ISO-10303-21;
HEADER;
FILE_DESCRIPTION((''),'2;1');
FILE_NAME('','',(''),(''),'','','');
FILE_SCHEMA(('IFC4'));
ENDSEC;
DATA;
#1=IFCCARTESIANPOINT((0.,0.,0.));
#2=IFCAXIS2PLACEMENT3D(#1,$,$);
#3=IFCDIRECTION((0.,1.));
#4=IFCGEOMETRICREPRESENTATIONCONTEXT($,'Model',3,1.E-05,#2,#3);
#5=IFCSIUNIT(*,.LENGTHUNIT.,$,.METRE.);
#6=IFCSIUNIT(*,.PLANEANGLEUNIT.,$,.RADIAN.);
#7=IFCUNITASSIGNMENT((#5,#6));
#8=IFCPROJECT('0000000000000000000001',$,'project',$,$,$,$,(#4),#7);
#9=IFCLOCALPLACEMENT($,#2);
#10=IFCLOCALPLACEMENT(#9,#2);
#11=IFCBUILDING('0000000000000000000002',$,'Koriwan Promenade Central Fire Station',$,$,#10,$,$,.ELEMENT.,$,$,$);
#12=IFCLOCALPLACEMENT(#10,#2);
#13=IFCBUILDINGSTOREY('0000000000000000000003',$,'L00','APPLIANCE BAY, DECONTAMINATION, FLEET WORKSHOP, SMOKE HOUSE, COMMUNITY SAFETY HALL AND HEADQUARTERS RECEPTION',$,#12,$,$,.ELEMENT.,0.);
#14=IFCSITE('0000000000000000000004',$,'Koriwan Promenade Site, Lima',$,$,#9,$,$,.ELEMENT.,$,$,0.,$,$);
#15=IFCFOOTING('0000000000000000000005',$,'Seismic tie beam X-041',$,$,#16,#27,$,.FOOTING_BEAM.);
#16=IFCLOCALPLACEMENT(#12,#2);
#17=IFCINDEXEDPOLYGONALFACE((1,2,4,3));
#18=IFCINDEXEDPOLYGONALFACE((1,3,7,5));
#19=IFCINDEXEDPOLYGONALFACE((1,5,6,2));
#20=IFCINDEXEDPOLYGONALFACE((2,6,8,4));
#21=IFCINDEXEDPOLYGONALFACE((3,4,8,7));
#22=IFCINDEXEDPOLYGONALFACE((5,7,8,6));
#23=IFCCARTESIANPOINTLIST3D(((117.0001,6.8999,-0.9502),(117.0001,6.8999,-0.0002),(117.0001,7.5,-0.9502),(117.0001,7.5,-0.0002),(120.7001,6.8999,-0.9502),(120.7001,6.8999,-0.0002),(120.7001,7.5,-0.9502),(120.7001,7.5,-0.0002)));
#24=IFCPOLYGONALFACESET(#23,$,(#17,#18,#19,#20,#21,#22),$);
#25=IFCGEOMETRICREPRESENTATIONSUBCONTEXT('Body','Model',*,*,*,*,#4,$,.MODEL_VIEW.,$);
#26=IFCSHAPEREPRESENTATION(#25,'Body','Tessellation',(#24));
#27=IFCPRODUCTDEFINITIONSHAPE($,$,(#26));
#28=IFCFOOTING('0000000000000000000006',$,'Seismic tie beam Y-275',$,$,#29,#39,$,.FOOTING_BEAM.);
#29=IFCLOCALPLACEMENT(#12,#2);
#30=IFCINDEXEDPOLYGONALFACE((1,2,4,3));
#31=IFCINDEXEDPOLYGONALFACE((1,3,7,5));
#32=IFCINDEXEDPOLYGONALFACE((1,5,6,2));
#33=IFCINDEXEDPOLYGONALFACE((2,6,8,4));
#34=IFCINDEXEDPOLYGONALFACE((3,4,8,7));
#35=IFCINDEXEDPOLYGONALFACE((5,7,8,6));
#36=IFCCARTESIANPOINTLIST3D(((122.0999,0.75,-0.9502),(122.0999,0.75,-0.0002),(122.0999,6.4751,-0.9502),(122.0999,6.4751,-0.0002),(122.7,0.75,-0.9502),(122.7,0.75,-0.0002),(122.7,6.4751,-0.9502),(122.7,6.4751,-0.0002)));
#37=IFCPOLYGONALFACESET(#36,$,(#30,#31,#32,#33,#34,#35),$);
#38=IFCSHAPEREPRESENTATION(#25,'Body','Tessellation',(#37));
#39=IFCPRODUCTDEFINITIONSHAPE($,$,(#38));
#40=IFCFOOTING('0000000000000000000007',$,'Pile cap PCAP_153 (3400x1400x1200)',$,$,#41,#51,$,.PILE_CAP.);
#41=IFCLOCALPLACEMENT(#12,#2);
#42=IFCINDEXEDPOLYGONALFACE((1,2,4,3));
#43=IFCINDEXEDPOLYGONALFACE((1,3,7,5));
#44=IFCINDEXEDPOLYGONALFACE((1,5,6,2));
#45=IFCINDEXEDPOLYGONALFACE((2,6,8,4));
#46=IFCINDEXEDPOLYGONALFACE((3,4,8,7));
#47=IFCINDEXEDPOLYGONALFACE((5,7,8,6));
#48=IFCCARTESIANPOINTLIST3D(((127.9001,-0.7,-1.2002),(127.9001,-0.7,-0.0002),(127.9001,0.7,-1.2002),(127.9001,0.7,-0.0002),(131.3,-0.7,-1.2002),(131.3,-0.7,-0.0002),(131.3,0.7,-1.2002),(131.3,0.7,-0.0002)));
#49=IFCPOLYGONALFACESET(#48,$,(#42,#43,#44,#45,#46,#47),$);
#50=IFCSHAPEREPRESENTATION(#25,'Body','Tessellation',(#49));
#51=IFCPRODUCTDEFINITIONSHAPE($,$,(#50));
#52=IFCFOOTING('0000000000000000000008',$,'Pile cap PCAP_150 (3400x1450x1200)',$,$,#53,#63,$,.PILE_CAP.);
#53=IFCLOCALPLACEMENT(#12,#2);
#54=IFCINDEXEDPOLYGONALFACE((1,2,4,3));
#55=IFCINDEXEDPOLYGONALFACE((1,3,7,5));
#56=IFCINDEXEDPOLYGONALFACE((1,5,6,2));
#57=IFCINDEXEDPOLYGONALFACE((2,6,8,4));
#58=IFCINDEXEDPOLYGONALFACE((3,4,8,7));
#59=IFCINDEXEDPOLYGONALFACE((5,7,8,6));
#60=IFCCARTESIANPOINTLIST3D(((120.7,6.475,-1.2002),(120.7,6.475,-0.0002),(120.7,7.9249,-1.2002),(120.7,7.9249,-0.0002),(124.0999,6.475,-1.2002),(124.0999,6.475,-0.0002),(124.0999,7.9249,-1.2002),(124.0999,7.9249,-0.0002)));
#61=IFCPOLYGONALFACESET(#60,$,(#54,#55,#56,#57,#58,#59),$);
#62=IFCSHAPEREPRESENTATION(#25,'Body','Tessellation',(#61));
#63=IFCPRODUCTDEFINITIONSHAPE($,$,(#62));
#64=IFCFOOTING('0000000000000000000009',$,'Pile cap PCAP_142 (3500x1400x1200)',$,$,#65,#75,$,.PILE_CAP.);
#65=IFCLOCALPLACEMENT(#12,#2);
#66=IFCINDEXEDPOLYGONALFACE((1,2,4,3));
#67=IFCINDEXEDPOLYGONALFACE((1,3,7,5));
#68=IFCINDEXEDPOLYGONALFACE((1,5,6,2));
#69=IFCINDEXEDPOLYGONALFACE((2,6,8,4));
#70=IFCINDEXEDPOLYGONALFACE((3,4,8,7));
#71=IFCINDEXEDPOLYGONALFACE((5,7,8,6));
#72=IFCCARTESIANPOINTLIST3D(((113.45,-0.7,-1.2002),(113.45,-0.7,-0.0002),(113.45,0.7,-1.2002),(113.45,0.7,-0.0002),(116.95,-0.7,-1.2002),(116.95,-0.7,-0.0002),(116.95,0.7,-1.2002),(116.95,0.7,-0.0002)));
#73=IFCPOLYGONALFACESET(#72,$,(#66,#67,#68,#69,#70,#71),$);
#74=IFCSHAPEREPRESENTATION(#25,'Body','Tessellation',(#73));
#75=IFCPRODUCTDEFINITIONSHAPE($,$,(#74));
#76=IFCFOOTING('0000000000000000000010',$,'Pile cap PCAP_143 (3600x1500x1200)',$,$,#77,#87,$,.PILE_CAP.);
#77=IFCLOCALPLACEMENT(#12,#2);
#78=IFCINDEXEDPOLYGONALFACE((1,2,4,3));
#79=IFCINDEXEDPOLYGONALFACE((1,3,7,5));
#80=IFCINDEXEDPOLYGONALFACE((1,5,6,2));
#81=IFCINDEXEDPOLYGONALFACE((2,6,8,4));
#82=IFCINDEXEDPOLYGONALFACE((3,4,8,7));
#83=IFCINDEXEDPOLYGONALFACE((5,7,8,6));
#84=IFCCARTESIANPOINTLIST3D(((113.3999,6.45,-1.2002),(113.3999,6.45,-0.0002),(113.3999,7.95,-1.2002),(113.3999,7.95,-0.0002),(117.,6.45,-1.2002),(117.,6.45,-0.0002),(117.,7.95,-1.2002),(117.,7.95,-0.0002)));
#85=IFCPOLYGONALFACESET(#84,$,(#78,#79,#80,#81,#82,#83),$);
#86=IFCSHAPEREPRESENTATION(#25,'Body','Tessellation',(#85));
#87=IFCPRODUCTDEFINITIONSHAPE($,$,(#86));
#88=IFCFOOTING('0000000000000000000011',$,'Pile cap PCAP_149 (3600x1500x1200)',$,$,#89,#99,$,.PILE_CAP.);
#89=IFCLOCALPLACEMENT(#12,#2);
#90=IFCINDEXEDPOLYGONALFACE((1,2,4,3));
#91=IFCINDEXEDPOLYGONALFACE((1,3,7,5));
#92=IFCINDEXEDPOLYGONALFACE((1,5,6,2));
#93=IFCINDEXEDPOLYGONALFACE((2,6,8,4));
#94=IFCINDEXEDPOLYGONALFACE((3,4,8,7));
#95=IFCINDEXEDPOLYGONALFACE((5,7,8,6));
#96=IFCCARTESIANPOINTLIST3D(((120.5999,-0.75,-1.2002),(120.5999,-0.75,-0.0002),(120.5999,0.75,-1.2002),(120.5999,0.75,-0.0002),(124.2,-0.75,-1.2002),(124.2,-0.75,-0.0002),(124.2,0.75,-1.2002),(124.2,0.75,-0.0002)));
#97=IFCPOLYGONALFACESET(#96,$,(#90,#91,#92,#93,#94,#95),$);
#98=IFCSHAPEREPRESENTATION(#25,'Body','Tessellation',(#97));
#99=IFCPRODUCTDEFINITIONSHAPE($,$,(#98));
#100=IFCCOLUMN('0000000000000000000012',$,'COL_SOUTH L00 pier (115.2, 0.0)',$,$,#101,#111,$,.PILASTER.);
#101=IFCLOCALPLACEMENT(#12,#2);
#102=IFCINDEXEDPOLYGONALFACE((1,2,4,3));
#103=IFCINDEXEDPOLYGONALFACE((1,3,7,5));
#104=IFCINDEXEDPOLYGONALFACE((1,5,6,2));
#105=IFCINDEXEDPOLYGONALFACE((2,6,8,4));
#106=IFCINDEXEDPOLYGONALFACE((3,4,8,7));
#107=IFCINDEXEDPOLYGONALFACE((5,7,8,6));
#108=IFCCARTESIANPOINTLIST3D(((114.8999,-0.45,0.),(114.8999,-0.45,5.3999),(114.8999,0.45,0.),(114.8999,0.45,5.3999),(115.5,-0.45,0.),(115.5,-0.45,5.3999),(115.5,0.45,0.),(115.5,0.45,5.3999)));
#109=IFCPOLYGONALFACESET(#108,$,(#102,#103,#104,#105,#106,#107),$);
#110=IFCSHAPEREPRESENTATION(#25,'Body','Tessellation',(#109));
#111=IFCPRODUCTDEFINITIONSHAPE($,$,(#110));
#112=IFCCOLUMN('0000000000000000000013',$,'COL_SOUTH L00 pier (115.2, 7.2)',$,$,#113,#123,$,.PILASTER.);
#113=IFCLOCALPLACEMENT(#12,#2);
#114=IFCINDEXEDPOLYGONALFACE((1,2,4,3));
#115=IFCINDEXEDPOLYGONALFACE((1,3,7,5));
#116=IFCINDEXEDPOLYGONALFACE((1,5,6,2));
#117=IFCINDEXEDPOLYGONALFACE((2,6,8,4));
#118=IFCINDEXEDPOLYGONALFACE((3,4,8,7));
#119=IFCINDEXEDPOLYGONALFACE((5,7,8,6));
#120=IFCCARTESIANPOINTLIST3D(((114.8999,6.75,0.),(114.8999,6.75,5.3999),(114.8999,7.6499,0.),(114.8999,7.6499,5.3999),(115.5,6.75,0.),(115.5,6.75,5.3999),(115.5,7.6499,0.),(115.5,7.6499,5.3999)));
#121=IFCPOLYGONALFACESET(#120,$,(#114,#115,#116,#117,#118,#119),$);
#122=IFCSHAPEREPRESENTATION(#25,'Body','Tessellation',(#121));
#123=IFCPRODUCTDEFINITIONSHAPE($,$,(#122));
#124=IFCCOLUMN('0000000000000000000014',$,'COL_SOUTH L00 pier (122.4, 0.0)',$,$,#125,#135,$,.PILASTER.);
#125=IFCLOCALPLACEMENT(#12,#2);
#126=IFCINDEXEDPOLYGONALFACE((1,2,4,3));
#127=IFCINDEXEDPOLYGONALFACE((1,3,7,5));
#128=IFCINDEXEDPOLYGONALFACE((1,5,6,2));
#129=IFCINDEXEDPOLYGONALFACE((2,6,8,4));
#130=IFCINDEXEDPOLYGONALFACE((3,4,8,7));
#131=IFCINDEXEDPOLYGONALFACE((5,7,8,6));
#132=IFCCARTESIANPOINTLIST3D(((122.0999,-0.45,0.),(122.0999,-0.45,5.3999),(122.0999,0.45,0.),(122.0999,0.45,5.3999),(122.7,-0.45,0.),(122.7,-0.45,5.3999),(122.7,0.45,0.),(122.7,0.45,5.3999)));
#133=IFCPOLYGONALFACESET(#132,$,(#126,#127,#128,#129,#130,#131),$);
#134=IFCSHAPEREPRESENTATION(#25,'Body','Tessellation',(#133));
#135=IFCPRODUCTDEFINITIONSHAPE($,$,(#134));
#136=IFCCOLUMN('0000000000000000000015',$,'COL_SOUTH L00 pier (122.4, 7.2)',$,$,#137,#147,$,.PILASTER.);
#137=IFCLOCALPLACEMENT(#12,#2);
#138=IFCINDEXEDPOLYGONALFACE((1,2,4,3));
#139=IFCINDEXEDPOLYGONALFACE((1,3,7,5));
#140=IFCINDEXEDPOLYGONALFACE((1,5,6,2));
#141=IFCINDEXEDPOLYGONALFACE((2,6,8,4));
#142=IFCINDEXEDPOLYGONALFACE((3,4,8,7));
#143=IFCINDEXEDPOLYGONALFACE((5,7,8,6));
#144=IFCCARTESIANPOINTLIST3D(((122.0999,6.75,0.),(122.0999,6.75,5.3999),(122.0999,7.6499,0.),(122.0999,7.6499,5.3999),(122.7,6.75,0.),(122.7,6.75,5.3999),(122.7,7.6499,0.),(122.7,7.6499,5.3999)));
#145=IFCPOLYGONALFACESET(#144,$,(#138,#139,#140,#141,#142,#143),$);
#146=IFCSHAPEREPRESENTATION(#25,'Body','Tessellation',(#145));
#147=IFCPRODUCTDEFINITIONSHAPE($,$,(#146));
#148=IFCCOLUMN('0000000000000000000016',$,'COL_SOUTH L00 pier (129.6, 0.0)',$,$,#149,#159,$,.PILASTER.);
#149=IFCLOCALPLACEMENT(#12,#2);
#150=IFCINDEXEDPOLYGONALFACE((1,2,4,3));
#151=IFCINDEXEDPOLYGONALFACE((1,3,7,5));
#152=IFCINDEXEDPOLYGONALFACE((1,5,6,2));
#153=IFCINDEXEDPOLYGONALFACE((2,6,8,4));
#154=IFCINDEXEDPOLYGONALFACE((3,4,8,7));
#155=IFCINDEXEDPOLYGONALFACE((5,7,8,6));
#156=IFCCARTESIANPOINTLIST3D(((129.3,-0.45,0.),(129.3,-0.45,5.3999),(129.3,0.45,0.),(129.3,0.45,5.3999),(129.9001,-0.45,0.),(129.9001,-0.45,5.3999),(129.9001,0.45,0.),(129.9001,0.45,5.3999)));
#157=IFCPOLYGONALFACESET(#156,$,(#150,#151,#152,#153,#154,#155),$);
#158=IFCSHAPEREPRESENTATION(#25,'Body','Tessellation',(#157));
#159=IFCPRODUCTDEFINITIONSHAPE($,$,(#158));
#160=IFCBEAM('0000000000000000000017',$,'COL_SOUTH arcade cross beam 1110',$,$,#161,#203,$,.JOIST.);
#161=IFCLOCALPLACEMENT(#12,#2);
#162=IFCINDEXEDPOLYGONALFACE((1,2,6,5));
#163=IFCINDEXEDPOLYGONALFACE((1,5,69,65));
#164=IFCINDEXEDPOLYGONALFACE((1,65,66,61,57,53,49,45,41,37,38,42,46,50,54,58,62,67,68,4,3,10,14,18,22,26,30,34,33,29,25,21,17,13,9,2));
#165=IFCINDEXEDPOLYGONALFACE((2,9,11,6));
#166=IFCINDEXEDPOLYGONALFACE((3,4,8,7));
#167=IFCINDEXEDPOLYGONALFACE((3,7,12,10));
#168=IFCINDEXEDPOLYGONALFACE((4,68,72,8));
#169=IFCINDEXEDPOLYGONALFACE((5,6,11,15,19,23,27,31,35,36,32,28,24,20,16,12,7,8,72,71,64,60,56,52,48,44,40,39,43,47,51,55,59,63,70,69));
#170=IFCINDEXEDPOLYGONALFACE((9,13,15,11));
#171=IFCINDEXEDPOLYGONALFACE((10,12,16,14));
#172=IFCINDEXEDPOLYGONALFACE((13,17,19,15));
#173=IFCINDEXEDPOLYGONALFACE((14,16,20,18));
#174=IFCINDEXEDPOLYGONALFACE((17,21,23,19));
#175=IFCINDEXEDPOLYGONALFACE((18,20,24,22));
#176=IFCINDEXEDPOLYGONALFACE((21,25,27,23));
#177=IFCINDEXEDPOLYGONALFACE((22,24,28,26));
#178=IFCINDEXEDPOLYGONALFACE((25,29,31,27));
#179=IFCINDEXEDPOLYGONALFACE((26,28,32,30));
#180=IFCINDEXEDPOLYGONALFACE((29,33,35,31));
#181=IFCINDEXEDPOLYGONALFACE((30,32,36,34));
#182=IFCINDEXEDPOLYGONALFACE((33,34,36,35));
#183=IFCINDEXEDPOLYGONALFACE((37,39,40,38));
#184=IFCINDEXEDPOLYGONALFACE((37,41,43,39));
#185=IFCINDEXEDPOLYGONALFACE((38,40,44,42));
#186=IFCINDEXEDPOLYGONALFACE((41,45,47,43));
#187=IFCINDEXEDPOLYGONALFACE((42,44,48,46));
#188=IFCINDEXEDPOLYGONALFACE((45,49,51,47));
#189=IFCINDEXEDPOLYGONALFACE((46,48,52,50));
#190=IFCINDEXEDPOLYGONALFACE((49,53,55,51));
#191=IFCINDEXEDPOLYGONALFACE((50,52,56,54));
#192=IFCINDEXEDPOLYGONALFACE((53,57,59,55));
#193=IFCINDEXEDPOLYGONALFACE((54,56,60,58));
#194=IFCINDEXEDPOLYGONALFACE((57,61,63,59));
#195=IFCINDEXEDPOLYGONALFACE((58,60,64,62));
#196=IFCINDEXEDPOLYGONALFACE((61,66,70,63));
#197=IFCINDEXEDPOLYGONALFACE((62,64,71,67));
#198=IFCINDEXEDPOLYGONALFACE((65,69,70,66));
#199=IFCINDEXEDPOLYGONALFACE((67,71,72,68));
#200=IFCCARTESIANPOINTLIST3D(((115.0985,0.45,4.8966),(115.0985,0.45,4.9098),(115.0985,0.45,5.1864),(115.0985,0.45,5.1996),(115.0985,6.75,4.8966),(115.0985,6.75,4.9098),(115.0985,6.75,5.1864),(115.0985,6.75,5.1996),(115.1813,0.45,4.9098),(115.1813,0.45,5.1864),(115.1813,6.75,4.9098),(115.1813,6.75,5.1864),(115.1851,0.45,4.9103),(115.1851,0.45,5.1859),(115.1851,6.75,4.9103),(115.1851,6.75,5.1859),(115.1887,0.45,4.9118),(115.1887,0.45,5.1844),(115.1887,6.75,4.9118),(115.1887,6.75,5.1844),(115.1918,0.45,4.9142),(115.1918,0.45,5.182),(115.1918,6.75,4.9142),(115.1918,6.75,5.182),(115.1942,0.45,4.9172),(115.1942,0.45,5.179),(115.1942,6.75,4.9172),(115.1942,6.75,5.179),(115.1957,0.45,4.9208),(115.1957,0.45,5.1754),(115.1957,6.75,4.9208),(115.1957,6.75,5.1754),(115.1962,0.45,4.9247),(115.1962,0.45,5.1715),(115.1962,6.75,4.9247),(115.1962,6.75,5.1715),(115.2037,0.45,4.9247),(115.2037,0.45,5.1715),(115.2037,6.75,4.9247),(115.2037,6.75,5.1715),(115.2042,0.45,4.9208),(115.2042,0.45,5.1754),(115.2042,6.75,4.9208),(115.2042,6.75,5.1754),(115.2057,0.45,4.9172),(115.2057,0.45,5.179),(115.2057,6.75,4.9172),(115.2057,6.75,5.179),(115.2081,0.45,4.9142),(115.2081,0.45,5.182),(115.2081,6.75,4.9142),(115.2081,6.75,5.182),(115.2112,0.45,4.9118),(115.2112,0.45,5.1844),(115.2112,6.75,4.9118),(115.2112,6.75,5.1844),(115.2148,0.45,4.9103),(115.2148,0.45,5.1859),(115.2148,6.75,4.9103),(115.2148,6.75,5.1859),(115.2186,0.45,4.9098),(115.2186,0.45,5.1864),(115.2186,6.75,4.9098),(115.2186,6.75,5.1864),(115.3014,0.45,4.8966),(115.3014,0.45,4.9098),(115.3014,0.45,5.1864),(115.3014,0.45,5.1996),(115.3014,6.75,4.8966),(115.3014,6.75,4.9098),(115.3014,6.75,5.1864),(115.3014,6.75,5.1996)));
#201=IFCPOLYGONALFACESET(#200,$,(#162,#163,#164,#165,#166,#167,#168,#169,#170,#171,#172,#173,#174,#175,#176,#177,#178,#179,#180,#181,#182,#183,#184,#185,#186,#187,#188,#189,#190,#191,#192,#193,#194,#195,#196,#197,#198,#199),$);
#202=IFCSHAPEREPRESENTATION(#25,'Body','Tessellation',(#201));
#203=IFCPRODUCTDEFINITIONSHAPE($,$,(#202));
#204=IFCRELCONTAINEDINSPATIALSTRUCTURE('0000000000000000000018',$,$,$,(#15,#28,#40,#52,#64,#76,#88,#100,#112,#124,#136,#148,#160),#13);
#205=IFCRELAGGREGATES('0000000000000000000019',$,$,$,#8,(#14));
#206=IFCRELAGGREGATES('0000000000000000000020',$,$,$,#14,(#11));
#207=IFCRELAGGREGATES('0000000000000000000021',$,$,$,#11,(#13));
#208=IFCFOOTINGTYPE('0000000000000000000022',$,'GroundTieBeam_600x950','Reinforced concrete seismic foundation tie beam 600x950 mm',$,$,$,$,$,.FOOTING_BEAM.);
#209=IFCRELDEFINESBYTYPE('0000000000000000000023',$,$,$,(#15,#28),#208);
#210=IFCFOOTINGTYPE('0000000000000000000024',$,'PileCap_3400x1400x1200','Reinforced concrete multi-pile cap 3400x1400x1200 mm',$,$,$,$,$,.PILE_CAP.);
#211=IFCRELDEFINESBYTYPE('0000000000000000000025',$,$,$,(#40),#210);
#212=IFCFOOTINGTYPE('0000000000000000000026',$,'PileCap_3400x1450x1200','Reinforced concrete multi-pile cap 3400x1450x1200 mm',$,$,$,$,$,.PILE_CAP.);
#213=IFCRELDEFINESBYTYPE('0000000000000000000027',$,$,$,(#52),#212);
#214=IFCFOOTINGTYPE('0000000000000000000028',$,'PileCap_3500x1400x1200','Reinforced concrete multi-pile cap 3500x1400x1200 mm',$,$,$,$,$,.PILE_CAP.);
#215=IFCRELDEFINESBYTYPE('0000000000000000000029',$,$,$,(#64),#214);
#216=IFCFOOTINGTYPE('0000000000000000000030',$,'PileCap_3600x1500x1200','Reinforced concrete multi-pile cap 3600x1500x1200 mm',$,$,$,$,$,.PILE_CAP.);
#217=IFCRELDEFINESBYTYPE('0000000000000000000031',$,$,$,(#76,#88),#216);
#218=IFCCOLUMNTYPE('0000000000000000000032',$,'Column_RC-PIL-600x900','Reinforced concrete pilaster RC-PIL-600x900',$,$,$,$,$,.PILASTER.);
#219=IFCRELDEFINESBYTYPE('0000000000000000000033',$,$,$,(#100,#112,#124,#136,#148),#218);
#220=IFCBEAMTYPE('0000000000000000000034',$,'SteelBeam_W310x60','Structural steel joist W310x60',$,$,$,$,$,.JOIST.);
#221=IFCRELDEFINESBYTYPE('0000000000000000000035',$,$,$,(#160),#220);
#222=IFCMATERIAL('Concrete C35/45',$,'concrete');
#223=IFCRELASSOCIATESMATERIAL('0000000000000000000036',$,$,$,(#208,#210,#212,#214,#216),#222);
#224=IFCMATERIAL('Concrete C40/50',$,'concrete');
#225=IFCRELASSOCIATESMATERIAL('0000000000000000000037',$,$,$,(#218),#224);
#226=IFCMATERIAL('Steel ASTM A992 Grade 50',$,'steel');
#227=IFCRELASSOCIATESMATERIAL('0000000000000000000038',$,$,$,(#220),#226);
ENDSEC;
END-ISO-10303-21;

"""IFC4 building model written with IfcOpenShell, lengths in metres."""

from ifc_helpers import new_model, si_unit, direction, frame, origin, origin_2d, place, context, subcontext, project, spatial, rectangle, i_section, extrude, material, material_profile, profile_set, type_object, element, save


model = new_model("IFC4")

# Units and contexts
model_context = context("Model", 3, precision=1e-05, world=origin(), true_north=direction((0.0, 1.0)))
body_context = subcontext(model_context, "Body", "Model", "MODEL_VIEW")
ifc_project = project(units=[si_unit("LENGTHUNIT", "METRE"), si_unit("PLANEANGLEUNIT", "RADIAN")], contexts=[model_context])

# Site, building, storey
site_placement = place(None, origin())
site = spatial("IfcSite", under=ifc_project, at=site_placement, Name="Koriwan Promenade Site, Lima", CompositionType="ELEMENT", RefElevation=0.0)
building_placement = place(site_placement, origin())
building = spatial("IfcBuilding", under=site, at=building_placement, Name="Koriwan Promenade Central Fire Station", CompositionType="ELEMENT")
storey_placement = place(building_placement, origin())
storey = spatial("IfcBuildingStorey", under=building, at=storey_placement, Name="L00", Description="APPLIANCE BAY, DECONTAMINATION, FLEET WORKSHOP, SMOKE HOUSE, COMMUNITY SAFETY HALL AND HEADQUARTERS RECEPTION", CompositionType="ELEMENT", Elevation=0.0)

# Shared definitions
ifc_material_1 = material(Name="Concrete C35/45", Category="concrete")

# Footings
footing_type_1 = type_object("IfcFootingType", Name="GroundTieBeam_600x950", Description="Reinforced concrete seismic foundation tie beam 600x950 mm", PredefinedType="FOOTING_BEAM", material=ifc_material_1)
footing_1_placement = place(storey_placement, frame((118.8501, 7.2, -0.9502), z_axis=(0.0, 0.0, 1.0), x_axis=(1.0, 0.0, 0.0)))
element("IfcFooting", 1, at=footing_1_placement, inside=storey, type_object=footing_type_1, Name="Seismic tie beam X-041", PredefinedType="FOOTING_BEAM", context=body_context, shape_type="SweptSolid", body=[
    extrude(rectangle(XDim=3.7, YDim=0.6001, at=origin_2d()), origin(), (0.0, 0.0, 1.0), 0.95),
])
footing_2_placement = place(storey_placement, frame((122.3999, 3.6125, -0.9502), z_axis=(0.0, 0.0, 1.0), x_axis=(0.0, 1.0, 0.0)))
element("IfcFooting", 2, at=footing_2_placement, inside=storey, type_object=footing_type_1, Name="Seismic tie beam Y-275", PredefinedType="FOOTING_BEAM", context=body_context, shape_type="SweptSolid", body=[
    extrude(rectangle(XDim=5.7251, YDim=0.6001, at=origin_2d()), origin(), (0.0, 0.0, 1.0), 0.95),
])
footing_type_2 = type_object("IfcFootingType", Name="PileCap_3400x1400x1200", Description="Reinforced concrete multi-pile cap 3400x1400x1200 mm", PredefinedType="PILE_CAP", material=ifc_material_1)
footing_3_placement = place(storey_placement, frame((129.6001, 0.0, -1.2002), z_axis=(0.0, 0.0, 1.0), x_axis=(1.0, 0.0, 0.0)))
element("IfcFooting", 3, at=footing_3_placement, inside=storey, type_object=footing_type_2, Name="Pile cap PCAP_153 (3400x1400x1200)", PredefinedType="PILE_CAP", context=body_context, shape_type="SweptSolid", body=[
    extrude(rectangle(XDim=3.3999, YDim=1.3999, at=origin_2d()), origin(), (0.0, 0.0, 1.0), 1.2),
])
footing_type_3 = type_object("IfcFootingType", Name="PileCap_3400x1450x1200", Description="Reinforced concrete multi-pile cap 3400x1450x1200 mm", PredefinedType="PILE_CAP", material=ifc_material_1)
footing_4_placement = place(storey_placement, frame((122.3999, 7.2, -1.2002), z_axis=(0.0, 0.0, 1.0), x_axis=(1.0, 0.0, 0.0)))
element("IfcFooting", 4, at=footing_4_placement, inside=storey, type_object=footing_type_3, Name="Pile cap PCAP_150 (3400x1450x1200)", PredefinedType="PILE_CAP", context=body_context, shape_type="SweptSolid", body=[
    extrude(rectangle(XDim=3.3999, YDim=1.45, at=origin_2d()), origin(), (0.0, 0.0, 1.0), 1.2),
])
footing_type_4 = type_object("IfcFootingType", Name="PileCap_3500x1400x1200", Description="Reinforced concrete multi-pile cap 3500x1400x1200 mm", PredefinedType="PILE_CAP", material=ifc_material_1)
footing_5_placement = place(storey_placement, frame((115.2, 0.0, -1.2002), z_axis=(0.0, 0.0, 1.0), x_axis=(1.0, 0.0, 0.0)))
element("IfcFooting", 5, at=footing_5_placement, inside=storey, type_object=footing_type_4, Name="Pile cap PCAP_142 (3500x1400x1200)", PredefinedType="PILE_CAP", context=body_context, shape_type="SweptSolid", body=[
    extrude(rectangle(XDim=3.5, YDim=1.3999, at=origin_2d()), origin(), (0.0, 0.0, 1.0), 1.2),
])
footing_type_5 = type_object("IfcFootingType", Name="PileCap_3600x1500x1200", Description="Reinforced concrete multi-pile cap 3600x1500x1200 mm", PredefinedType="PILE_CAP", material=ifc_material_1)
for number, where, z_axis, x_axis, name in (
    (6, (115.2, 7.2, -1.2002), (0.0, 0.0, 1.0), (1.0, 0.0, 0.0), "Pile cap PCAP_143 (3600x1500x1200)"),
    (7, (122.3999, 0.0, -1.2002), (0.0, 0.0, 1.0), (1.0, 0.0, 0.0), "Pile cap PCAP_149 (3600x1500x1200)"),
):
    element("IfcFooting", number, at=place(storey_placement, frame(where, z_axis=z_axis, x_axis=x_axis)), inside=storey, type_object=footing_type_5, Name=name, PredefinedType="PILE_CAP", context=body_context, shape_type="SweptSolid", body=[
        extrude(rectangle(XDim=3.6001, YDim=1.5, at=origin_2d()), origin(), (0.0, 0.0, 1.0), 1.2),
    ])

# Columns
ifc_material_2 = material(Name="Concrete C40/50", Category="concrete")
ifc_material_profile_1 = material_profile(ifc_material_2, rectangle(XDim=0.6001, YDim=0.8999, at=origin_2d()), Name="RC-PIL-600x900")
ifc_profile_set_1 = profile_set([ifc_material_profile_1], Name="Concrete C40/50")
column_type = type_object("IfcColumnType", Name="Column_RC-PIL-600x900", Description="Reinforced concrete pilaster RC-PIL-600x900", PredefinedType="PILASTER", material=ifc_profile_set_1)
for number, where, z_axis, x_axis, name in (
    (8, (115.2, 0.0, 0.0), (0.0, 0.0, 1.0), (1.0, 0.0, 0.0), "COL_SOUTH L00 pier (115.2, 0.0)"),
    (9, (115.2, 7.2, 0.0), (0.0, 0.0, 1.0), (1.0, 0.0, 0.0), "COL_SOUTH L00 pier (115.2, 7.2)"),
    (10, (122.3999, 0.0, 0.0), (0.0, 0.0, 1.0), (1.0, 0.0, 0.0), "COL_SOUTH L00 pier (122.4, 0.0)"),
    (11, (122.3999, 7.2, 0.0), (0.0, 0.0, 1.0), (1.0, 0.0, 0.0), "COL_SOUTH L00 pier (122.4, 7.2)"),
    (12, (129.6001, 0.0, 0.0), (0.0, 0.0, 1.0), (1.0, 0.0, 0.0), "COL_SOUTH L00 pier (129.6, 0.0)"),
):
    element("IfcColumn", number, at=place(storey_placement, frame(where, z_axis=z_axis, x_axis=x_axis)), inside=storey, type_object=column_type, Name=name, PredefinedType="PILASTER", context=body_context, shape_type="SweptSolid", body=[
        extrude(rectangle(XDim=0.6001, YDim=0.8999, at=origin_2d()), origin(), (0.0, 0.0, 1.0), 5.3999),
    ])

# Beam
ifc_material_3 = material(Name="Steel ASTM A992 Grade 50", Category="steel")
ifc_material_profile_2 = material_profile(ifc_material_3, i_section(OverallWidth=0.2029, OverallDepth=0.303, WebThickness=0.0076, FlangeThickness=0.0132, FilletRadius=0.0149, at=origin_2d()), Name="W310x60")
ifc_profile_set_2 = profile_set([ifc_material_profile_2], Name="Steel ASTM A992 Grade 50")
beam_type_1 = type_object("IfcBeamType", Name="SteelBeam_W310x60", Description="Structural steel joist W310x60", PredefinedType="JOIST", material=ifc_profile_set_2)
for number, where, z_axis, x_axis, name in (
    (13, (115.2, 0.45, 5.0481), (0.0, 1.0, 0.0), (-1.0, 0.0, 0.0), "COL_SOUTH arcade cross beam 1110"),
):
    element("IfcBeam", number, at=place(storey_placement, frame(where, z_axis=z_axis, x_axis=x_axis)), inside=storey, type_object=beam_type_1, Name=name, PredefinedType="JOIST", context=body_context, shape_type="SweptSolid", body=[
        extrude(i_section(OverallWidth=0.2029, OverallDepth=0.303, WebThickness=0.0076, FlangeThickness=0.0132, FilletRadius=0.0149, at=origin_2d()), origin(), (0.0, 0.0, 1.0), 6.3),
    ])

save(model, "model.ifc")
